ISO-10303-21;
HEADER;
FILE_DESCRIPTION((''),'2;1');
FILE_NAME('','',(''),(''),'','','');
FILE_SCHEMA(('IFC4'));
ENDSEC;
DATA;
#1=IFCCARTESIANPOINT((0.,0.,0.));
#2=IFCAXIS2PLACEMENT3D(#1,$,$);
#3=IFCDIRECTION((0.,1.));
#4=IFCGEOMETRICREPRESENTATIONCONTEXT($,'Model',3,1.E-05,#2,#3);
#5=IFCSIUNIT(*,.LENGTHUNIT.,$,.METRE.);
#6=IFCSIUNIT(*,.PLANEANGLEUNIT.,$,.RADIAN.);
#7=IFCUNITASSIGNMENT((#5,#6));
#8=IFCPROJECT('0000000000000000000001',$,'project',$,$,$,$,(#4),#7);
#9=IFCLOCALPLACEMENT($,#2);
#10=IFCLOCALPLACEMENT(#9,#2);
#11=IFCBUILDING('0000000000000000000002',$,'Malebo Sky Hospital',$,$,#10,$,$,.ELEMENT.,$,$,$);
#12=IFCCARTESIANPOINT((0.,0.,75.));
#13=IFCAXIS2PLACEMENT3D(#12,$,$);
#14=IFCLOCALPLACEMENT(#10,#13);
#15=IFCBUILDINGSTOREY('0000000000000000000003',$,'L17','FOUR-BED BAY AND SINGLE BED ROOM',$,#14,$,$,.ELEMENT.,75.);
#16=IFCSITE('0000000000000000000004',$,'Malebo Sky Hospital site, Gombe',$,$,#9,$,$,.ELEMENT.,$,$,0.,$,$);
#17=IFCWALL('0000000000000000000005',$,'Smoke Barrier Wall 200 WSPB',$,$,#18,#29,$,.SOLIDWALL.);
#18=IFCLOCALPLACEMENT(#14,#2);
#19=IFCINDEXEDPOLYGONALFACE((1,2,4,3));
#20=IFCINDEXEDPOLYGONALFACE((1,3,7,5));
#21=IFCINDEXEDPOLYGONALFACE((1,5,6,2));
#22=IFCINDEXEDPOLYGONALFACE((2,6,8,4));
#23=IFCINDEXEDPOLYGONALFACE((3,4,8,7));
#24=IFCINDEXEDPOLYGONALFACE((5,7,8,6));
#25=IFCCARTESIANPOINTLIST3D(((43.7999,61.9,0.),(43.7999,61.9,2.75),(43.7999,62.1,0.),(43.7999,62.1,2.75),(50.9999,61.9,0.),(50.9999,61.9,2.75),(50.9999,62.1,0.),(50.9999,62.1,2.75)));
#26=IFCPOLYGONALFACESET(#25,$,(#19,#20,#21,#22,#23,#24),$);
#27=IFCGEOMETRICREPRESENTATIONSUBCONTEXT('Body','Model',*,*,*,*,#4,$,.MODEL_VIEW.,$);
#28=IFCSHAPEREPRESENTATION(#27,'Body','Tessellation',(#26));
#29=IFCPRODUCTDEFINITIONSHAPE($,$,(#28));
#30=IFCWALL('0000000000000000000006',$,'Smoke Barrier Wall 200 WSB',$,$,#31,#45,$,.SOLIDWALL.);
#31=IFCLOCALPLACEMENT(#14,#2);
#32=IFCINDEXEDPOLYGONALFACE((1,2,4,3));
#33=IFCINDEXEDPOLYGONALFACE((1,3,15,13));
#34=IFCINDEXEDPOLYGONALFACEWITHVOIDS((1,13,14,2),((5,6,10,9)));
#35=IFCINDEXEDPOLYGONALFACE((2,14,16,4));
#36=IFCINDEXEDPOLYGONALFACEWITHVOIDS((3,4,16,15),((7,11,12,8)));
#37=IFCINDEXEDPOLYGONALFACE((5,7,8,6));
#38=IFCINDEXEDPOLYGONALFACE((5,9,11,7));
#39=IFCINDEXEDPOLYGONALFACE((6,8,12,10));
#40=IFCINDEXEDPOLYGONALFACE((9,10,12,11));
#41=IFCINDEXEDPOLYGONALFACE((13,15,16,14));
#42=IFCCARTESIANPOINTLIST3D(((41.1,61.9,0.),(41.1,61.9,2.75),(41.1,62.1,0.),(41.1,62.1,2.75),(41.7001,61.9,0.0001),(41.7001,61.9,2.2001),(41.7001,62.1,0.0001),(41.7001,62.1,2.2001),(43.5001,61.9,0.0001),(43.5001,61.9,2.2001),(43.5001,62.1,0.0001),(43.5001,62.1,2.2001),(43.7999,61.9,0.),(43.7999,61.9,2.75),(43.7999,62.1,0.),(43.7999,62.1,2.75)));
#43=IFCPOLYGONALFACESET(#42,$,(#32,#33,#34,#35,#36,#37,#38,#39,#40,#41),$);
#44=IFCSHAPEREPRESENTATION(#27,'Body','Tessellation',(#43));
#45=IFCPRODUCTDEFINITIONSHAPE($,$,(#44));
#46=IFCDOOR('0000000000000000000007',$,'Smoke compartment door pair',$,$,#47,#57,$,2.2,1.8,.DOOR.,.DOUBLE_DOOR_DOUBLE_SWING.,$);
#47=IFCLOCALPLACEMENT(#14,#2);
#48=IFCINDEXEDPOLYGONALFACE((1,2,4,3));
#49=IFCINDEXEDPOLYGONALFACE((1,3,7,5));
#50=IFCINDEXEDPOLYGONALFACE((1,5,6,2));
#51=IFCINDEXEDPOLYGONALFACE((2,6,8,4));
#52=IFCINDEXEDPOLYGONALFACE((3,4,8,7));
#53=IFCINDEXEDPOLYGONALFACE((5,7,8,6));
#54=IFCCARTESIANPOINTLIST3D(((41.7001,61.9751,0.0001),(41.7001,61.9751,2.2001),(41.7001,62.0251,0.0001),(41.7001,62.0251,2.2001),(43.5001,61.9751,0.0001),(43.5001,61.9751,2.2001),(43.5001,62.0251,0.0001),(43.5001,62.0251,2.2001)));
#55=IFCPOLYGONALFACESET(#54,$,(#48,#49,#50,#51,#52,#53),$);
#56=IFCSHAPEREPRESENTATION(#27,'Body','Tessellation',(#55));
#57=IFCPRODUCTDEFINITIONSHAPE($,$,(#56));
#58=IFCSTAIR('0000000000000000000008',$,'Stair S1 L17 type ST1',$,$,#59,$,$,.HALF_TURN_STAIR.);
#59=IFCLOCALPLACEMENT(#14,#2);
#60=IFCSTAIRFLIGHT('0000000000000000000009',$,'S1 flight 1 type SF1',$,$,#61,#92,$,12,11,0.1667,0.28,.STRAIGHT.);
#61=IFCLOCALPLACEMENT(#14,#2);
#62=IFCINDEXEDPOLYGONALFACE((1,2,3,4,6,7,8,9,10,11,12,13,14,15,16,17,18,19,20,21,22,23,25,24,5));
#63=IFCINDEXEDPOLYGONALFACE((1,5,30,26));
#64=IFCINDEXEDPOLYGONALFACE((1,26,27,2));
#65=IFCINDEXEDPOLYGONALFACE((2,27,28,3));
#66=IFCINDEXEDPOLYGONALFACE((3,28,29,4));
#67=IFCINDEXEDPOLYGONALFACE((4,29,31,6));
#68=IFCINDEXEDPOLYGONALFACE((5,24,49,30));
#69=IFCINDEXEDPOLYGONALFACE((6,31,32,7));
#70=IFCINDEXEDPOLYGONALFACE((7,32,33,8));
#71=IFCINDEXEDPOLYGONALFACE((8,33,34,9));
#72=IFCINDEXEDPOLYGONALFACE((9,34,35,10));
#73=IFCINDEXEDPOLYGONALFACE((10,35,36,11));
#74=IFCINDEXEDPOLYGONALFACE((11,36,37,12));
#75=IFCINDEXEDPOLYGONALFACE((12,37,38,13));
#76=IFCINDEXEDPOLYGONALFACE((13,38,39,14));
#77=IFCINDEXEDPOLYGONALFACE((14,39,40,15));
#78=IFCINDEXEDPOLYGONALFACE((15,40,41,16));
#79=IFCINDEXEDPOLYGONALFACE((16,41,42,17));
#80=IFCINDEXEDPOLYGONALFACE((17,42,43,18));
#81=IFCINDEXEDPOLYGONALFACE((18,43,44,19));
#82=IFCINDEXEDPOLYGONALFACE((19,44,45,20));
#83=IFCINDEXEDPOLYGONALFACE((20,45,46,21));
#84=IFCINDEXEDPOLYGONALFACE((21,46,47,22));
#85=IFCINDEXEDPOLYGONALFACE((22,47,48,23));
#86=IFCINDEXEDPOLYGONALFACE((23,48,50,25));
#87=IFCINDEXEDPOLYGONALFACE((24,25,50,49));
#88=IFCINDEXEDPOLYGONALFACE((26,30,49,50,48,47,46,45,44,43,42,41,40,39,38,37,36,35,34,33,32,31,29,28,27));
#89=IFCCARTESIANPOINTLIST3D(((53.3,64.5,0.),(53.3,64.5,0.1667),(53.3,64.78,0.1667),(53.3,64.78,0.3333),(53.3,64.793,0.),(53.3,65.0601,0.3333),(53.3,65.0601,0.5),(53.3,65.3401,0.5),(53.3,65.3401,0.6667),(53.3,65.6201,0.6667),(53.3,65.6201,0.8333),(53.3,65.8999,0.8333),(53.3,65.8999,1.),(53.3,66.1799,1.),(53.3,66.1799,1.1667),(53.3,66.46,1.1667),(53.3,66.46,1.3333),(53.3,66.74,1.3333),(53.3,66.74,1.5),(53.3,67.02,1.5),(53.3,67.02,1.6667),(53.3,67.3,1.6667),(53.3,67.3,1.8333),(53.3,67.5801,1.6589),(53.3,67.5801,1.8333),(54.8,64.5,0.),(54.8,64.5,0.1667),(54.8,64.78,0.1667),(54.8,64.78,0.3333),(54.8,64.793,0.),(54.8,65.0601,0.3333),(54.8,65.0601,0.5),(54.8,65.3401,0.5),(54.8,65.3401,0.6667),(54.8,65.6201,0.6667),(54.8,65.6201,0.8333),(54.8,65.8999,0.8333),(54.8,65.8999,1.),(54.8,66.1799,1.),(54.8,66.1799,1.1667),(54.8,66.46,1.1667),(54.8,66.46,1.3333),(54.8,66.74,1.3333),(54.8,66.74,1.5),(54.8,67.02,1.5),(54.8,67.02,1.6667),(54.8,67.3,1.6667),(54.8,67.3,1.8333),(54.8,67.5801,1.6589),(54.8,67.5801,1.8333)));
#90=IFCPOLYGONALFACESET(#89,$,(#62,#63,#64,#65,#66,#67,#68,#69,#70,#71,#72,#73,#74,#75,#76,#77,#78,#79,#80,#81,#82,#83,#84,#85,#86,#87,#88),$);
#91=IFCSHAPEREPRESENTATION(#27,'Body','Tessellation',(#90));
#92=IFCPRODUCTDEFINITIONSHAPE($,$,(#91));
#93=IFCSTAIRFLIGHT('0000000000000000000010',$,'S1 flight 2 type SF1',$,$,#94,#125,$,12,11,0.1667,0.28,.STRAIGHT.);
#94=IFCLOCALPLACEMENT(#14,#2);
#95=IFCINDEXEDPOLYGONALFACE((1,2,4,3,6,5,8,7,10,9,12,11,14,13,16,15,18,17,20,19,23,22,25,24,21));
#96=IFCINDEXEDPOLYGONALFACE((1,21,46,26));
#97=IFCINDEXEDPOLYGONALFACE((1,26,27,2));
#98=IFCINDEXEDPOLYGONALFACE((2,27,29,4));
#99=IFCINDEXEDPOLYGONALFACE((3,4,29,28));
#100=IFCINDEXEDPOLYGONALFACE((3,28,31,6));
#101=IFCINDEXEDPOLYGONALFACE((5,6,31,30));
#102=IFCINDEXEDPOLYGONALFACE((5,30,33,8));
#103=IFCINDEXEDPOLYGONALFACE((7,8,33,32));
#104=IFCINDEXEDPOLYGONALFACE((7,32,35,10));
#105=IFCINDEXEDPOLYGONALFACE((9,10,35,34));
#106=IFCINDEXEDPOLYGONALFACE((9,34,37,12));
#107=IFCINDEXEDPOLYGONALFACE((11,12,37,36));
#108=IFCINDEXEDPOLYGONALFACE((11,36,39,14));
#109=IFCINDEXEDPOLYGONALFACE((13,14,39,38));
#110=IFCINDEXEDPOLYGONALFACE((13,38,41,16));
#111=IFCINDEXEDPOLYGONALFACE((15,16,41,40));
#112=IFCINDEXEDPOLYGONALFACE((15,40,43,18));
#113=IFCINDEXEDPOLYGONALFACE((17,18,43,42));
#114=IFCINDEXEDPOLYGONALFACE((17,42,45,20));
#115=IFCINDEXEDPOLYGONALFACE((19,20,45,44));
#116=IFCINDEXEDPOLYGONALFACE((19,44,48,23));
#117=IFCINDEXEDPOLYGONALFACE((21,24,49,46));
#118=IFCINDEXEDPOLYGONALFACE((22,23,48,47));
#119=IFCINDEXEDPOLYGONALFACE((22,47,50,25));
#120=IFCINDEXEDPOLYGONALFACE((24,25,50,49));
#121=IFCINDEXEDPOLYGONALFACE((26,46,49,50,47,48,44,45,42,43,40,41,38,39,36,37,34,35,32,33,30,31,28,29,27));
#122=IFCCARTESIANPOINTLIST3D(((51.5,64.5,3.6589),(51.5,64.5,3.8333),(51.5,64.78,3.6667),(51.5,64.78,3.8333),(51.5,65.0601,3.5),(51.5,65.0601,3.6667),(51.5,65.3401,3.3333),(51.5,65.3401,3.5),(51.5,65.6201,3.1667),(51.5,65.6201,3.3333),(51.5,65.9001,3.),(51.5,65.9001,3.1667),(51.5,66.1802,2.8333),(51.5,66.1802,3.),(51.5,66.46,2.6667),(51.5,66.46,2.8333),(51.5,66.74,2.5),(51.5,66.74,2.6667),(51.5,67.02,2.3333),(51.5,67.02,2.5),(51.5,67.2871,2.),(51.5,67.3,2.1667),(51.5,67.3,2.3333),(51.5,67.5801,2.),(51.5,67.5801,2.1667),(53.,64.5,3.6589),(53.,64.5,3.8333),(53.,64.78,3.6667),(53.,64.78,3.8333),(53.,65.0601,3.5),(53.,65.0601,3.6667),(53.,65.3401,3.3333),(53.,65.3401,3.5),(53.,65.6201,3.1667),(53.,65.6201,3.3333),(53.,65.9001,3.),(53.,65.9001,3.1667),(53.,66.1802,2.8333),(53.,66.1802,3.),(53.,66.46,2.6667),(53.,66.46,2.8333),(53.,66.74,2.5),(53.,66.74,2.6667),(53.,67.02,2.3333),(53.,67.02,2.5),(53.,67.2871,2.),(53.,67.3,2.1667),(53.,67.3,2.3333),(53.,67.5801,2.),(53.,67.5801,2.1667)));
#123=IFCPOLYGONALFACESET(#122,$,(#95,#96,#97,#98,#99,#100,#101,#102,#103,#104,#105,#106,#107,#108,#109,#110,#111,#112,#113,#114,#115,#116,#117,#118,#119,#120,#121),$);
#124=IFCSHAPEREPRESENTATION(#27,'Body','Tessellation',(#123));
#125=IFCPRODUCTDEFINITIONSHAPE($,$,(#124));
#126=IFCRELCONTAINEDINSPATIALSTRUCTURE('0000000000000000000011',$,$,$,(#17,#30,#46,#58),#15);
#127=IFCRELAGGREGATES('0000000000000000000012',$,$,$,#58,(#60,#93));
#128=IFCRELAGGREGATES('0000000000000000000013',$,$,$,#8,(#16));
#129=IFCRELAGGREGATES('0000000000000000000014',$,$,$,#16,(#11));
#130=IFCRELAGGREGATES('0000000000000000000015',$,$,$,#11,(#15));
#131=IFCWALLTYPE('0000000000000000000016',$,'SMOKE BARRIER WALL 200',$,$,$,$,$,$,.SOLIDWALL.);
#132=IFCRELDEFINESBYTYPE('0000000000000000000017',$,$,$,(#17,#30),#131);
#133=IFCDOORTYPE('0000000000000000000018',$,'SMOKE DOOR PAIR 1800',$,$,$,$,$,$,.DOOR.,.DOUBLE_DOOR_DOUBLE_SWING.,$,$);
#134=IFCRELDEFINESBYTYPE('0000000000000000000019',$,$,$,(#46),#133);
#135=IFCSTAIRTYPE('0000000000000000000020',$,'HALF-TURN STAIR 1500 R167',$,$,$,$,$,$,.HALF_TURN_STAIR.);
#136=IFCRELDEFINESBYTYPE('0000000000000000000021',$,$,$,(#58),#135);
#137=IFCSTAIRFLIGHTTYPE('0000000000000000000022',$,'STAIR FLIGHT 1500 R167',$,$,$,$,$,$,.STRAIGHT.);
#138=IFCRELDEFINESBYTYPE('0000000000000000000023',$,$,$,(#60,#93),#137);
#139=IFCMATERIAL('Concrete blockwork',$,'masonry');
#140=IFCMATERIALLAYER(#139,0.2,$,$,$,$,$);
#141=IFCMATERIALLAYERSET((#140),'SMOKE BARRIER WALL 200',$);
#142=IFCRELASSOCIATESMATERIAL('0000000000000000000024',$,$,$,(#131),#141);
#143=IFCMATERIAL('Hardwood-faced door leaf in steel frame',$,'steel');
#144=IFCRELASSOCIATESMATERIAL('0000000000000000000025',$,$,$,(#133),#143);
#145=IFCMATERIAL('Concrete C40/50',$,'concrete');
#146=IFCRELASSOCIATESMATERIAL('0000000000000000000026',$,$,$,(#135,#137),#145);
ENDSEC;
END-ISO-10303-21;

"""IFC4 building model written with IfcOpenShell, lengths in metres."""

from ifc_helpers import new_model, si_unit, direction, frame, frame_2d, origin, place, context, subcontext, project, spatial, polyline, rectangle, outline, extrude, material, layer, layer_set, type_object, element, fill, aggregate, save


model = new_model("IFC4")

# Units and contexts
model_context = context("Model", 3, precision=1e-05, world=origin(), true_north=direction((0.0, 1.0)))
body_context = subcontext(model_context, "Body", "Model", "MODEL_VIEW")
ifc_project = project(units=[si_unit("LENGTHUNIT", "METRE"), si_unit("PLANEANGLEUNIT", "RADIAN")], contexts=[model_context])

# Site, building, storey
site_placement = place(None, origin())
site = spatial("IfcSite", under=ifc_project, at=site_placement, Name="Malebo Sky Hospital site, Gombe", CompositionType="ELEMENT", RefElevation=0.0)
building_placement = place(site_placement, origin())
building = spatial("IfcBuilding", under=site, at=building_placement, Name="Malebo Sky Hospital", CompositionType="ELEMENT")
storey_placement = place(building_placement, frame((0.0, 0.0, 75.0)))
storey = spatial("IfcBuildingStorey", under=building, at=storey_placement, Name="L17", Description="FOUR-BED BAY AND SINGLE BED ROOM", CompositionType="ELEMENT", Elevation=75.0)

# Shared definitions
ifc_material_1 = material(Name="Hardwood-faced door leaf in steel frame", Category="steel")

# Wall
ifc_material_2 = material(Name="Concrete blockwork", Category="masonry")
ifc_layer_1 = layer(ifc_material_2, 0.2)
ifc_layer_set_1 = layer_set([ifc_layer_1], Name="SMOKE BARRIER WALL 200")
wall_type_1 = type_object("IfcWallType", Name="SMOKE BARRIER WALL 200", PredefinedType="SOLIDWALL", material=ifc_layer_set_1)
wall_1_placement = place(storey_placement, frame((51.0, 62.0, 0.0), z_axis=(0.0, 0.0, 1.0), x_axis=(-1.0, 0.0, 0.0)))
element("IfcWall", 1, at=wall_1_placement, inside=storey, type_object=wall_type_1, Name="Smoke Barrier Wall 200 WSPB", PredefinedType="SOLIDWALL", context=body_context, shape_type="SweptSolid", body=[
    extrude(rectangle(XDim=7.2, YDim=0.2, at=frame_2d((3.6001, 0.0))), origin(), (0.0, 0.0, 1.0), 2.75),
])

# Wall, opening, door
wall_2_placement = place(storey_placement, frame((43.8, 62.0, 0.0), z_axis=(0.0, 0.0, 1.0), x_axis=(-1.0, 0.0, 0.0)))
wall_2 = element("IfcWall", 2, at=wall_2_placement, inside=storey, type_object=wall_type_1, Name="Smoke Barrier Wall 200 WSB", PredefinedType="SOLIDWALL", context=body_context, shape_type="SweptSolid", body=[
    extrude(rectangle(XDim=2.7, YDim=0.2, at=frame_2d((1.3501, 0.0))), origin(), (0.0, 0.0, 1.0), 2.75),
])
opening_1_placement = place(wall_2_placement, frame((0.3, 0.0, 0.0)))
opening_1 = element("IfcOpeningElement", 3, at=opening_1_placement, cuts=wall_2, PredefinedType="OPENING", context=body_context, shape_type="SweptSolid", body=[
    extrude(rectangle(XDim=1.8, YDim=2.2, at=frame_2d((0.8999, 1.1001))), frame((0.0, 0.1099, 0.0), z_axis=(0.0, -1.0, 0.0), x_axis=(1.0, 0.0, 0.0)), (0.0, 0.0, 1.0), 0.22),
])
door_type_1 = type_object("IfcDoorType", Name="SMOKE DOOR PAIR 1800", OperationType="DOUBLE_DOOR_DOUBLE_SWING", PredefinedType="DOOR", material=ifc_material_1)
door_1_placement = place(opening_1_placement, origin())
door_1 = element("IfcDoor", 4, at=door_1_placement, inside=storey, type_object=door_type_1, Name="Smoke compartment door pair", OperationType="DOUBLE_DOOR_DOUBLE_SWING", OverallHeight=2.2, OverallWidth=1.8, PredefinedType="DOOR", context=body_context, shape_type="SweptSolid", body=[
    extrude(rectangle(XDim=1.8, YDim=2.2, at=frame_2d((0.8999, 1.1001))), frame((0.0, 0.0249, 0.0), z_axis=(0.0, -1.0, 0.0), x_axis=(1.0, 0.0, 0.0)), (0.0, 0.0, 1.0), 0.05),
])
fill(opening_1, door_1)

# Stair, stair flights
ifc_material_3 = material(Name="Concrete C40/50", Category="concrete")
stair_type = type_object("IfcStairType", Name="HALF-TURN STAIR 1500 R167", PredefinedType="HALF_TURN_STAIR", material=ifc_material_3)
stair_placement = place(storey_placement, origin())
stair = element("IfcStair", 5, at=stair_placement, inside=storey, type_object=stair_type, Name="Stair S1 L17 type ST1", PredefinedType="HALF_TURN_STAIR")
stair_flight_type = type_object("IfcStairFlightType", Name="STAIR FLIGHT 1500 R167", PredefinedType="STRAIGHT", material=ifc_material_3)
stair_flight_1_placement = place(storey_placement, frame((54.05, 64.5, 0.0), z_axis=(0.0, 0.0, 1.0), x_axis=(0.0, 1.0, 0.0)))
stair_flight_1 = element("IfcStairFlight", 6, at=stair_flight_1_placement, type_object=stair_flight_type, Name="S1 flight 1 type SF1", NumberOfRisers=12, NumberOfTreads=11, PredefinedType="STRAIGHT", RiserHeight=0.1667, TreadLength=0.28, context=body_context, shape_type="SweptSolid", body=[
    extrude(outline(polyline([(0.0, 0.0), (0.0, 0.1667), (0.28, 0.1667), (0.28, 0.3333), (0.5601, 0.3333), (0.5601, 0.5), (0.8401, 0.5), (0.8401, 0.6667), (1.1201, 0.6667), (1.1201, 0.8333), (1.3999, 0.8333), (1.3999, 1.0), (1.6799, 1.0), (1.6799, 1.1667), (1.96, 1.1667), (1.96, 1.3333), (2.24, 1.3333), (2.24, 1.5), (2.52, 1.5), (2.52, 1.6667), (2.8, 1.6667), (2.8, 1.8333), (3.0801, 1.8333), (3.0801, 2.0), (3.0801, 1.6589), (0.293, 0.0), (0.0, 0.0)])), frame((0.0, 0.75, 0.0), z_axis=(0.0, -1.0, 0.0), x_axis=(1.0, 0.0, 0.0)), (0.0, 0.0, 1.0), 1.5),
])
stair_flight_2_placement = place(storey_placement, frame((52.25, 67.5801, 2.0), z_axis=(0.0, 0.0, 1.0), x_axis=(0.0, -1.0, 0.0)))
stair_flight_2 = element("IfcStairFlight", 7, at=stair_flight_2_placement, type_object=stair_flight_type, Name="S1 flight 2 type SF1", NumberOfRisers=12, NumberOfTreads=11, PredefinedType="STRAIGHT", RiserHeight=0.1667, TreadLength=0.28, context=body_context, shape_type="SweptSolid", body=[
    extrude(outline(polyline([(0.0, 0.0), (0.0, 0.1667), (0.28, 0.1667), (0.28, 0.3333), (0.5601, 0.3333), (0.5601, 0.5), (0.8401, 0.5), (0.8401, 0.6667), (1.1201, 0.6667), (1.1201, 0.8333), (1.3999, 0.8333), (1.3999, 1.0), (1.6799, 1.0), (1.6799, 1.1667), (1.96, 1.1667), (1.96, 1.3333), (2.24, 1.3333), (2.24, 1.5), (2.52, 1.5), (2.52, 1.6667), (2.8, 1.6667), (2.8, 1.8333), (3.0801, 1.8333), (3.0801, 2.0), (3.0801, 1.6589), (0.293, 0.0), (0.0, 0.0)])), frame((0.0, 0.75, 0.0), z_axis=(0.0, -1.0, 0.0), x_axis=(1.0, 0.0, 0.0)), (0.0, 0.0, 1.0), 1.5),
])
aggregate(stair, [stair_flight_1, stair_flight_2])

save(model, "model.ifc")
